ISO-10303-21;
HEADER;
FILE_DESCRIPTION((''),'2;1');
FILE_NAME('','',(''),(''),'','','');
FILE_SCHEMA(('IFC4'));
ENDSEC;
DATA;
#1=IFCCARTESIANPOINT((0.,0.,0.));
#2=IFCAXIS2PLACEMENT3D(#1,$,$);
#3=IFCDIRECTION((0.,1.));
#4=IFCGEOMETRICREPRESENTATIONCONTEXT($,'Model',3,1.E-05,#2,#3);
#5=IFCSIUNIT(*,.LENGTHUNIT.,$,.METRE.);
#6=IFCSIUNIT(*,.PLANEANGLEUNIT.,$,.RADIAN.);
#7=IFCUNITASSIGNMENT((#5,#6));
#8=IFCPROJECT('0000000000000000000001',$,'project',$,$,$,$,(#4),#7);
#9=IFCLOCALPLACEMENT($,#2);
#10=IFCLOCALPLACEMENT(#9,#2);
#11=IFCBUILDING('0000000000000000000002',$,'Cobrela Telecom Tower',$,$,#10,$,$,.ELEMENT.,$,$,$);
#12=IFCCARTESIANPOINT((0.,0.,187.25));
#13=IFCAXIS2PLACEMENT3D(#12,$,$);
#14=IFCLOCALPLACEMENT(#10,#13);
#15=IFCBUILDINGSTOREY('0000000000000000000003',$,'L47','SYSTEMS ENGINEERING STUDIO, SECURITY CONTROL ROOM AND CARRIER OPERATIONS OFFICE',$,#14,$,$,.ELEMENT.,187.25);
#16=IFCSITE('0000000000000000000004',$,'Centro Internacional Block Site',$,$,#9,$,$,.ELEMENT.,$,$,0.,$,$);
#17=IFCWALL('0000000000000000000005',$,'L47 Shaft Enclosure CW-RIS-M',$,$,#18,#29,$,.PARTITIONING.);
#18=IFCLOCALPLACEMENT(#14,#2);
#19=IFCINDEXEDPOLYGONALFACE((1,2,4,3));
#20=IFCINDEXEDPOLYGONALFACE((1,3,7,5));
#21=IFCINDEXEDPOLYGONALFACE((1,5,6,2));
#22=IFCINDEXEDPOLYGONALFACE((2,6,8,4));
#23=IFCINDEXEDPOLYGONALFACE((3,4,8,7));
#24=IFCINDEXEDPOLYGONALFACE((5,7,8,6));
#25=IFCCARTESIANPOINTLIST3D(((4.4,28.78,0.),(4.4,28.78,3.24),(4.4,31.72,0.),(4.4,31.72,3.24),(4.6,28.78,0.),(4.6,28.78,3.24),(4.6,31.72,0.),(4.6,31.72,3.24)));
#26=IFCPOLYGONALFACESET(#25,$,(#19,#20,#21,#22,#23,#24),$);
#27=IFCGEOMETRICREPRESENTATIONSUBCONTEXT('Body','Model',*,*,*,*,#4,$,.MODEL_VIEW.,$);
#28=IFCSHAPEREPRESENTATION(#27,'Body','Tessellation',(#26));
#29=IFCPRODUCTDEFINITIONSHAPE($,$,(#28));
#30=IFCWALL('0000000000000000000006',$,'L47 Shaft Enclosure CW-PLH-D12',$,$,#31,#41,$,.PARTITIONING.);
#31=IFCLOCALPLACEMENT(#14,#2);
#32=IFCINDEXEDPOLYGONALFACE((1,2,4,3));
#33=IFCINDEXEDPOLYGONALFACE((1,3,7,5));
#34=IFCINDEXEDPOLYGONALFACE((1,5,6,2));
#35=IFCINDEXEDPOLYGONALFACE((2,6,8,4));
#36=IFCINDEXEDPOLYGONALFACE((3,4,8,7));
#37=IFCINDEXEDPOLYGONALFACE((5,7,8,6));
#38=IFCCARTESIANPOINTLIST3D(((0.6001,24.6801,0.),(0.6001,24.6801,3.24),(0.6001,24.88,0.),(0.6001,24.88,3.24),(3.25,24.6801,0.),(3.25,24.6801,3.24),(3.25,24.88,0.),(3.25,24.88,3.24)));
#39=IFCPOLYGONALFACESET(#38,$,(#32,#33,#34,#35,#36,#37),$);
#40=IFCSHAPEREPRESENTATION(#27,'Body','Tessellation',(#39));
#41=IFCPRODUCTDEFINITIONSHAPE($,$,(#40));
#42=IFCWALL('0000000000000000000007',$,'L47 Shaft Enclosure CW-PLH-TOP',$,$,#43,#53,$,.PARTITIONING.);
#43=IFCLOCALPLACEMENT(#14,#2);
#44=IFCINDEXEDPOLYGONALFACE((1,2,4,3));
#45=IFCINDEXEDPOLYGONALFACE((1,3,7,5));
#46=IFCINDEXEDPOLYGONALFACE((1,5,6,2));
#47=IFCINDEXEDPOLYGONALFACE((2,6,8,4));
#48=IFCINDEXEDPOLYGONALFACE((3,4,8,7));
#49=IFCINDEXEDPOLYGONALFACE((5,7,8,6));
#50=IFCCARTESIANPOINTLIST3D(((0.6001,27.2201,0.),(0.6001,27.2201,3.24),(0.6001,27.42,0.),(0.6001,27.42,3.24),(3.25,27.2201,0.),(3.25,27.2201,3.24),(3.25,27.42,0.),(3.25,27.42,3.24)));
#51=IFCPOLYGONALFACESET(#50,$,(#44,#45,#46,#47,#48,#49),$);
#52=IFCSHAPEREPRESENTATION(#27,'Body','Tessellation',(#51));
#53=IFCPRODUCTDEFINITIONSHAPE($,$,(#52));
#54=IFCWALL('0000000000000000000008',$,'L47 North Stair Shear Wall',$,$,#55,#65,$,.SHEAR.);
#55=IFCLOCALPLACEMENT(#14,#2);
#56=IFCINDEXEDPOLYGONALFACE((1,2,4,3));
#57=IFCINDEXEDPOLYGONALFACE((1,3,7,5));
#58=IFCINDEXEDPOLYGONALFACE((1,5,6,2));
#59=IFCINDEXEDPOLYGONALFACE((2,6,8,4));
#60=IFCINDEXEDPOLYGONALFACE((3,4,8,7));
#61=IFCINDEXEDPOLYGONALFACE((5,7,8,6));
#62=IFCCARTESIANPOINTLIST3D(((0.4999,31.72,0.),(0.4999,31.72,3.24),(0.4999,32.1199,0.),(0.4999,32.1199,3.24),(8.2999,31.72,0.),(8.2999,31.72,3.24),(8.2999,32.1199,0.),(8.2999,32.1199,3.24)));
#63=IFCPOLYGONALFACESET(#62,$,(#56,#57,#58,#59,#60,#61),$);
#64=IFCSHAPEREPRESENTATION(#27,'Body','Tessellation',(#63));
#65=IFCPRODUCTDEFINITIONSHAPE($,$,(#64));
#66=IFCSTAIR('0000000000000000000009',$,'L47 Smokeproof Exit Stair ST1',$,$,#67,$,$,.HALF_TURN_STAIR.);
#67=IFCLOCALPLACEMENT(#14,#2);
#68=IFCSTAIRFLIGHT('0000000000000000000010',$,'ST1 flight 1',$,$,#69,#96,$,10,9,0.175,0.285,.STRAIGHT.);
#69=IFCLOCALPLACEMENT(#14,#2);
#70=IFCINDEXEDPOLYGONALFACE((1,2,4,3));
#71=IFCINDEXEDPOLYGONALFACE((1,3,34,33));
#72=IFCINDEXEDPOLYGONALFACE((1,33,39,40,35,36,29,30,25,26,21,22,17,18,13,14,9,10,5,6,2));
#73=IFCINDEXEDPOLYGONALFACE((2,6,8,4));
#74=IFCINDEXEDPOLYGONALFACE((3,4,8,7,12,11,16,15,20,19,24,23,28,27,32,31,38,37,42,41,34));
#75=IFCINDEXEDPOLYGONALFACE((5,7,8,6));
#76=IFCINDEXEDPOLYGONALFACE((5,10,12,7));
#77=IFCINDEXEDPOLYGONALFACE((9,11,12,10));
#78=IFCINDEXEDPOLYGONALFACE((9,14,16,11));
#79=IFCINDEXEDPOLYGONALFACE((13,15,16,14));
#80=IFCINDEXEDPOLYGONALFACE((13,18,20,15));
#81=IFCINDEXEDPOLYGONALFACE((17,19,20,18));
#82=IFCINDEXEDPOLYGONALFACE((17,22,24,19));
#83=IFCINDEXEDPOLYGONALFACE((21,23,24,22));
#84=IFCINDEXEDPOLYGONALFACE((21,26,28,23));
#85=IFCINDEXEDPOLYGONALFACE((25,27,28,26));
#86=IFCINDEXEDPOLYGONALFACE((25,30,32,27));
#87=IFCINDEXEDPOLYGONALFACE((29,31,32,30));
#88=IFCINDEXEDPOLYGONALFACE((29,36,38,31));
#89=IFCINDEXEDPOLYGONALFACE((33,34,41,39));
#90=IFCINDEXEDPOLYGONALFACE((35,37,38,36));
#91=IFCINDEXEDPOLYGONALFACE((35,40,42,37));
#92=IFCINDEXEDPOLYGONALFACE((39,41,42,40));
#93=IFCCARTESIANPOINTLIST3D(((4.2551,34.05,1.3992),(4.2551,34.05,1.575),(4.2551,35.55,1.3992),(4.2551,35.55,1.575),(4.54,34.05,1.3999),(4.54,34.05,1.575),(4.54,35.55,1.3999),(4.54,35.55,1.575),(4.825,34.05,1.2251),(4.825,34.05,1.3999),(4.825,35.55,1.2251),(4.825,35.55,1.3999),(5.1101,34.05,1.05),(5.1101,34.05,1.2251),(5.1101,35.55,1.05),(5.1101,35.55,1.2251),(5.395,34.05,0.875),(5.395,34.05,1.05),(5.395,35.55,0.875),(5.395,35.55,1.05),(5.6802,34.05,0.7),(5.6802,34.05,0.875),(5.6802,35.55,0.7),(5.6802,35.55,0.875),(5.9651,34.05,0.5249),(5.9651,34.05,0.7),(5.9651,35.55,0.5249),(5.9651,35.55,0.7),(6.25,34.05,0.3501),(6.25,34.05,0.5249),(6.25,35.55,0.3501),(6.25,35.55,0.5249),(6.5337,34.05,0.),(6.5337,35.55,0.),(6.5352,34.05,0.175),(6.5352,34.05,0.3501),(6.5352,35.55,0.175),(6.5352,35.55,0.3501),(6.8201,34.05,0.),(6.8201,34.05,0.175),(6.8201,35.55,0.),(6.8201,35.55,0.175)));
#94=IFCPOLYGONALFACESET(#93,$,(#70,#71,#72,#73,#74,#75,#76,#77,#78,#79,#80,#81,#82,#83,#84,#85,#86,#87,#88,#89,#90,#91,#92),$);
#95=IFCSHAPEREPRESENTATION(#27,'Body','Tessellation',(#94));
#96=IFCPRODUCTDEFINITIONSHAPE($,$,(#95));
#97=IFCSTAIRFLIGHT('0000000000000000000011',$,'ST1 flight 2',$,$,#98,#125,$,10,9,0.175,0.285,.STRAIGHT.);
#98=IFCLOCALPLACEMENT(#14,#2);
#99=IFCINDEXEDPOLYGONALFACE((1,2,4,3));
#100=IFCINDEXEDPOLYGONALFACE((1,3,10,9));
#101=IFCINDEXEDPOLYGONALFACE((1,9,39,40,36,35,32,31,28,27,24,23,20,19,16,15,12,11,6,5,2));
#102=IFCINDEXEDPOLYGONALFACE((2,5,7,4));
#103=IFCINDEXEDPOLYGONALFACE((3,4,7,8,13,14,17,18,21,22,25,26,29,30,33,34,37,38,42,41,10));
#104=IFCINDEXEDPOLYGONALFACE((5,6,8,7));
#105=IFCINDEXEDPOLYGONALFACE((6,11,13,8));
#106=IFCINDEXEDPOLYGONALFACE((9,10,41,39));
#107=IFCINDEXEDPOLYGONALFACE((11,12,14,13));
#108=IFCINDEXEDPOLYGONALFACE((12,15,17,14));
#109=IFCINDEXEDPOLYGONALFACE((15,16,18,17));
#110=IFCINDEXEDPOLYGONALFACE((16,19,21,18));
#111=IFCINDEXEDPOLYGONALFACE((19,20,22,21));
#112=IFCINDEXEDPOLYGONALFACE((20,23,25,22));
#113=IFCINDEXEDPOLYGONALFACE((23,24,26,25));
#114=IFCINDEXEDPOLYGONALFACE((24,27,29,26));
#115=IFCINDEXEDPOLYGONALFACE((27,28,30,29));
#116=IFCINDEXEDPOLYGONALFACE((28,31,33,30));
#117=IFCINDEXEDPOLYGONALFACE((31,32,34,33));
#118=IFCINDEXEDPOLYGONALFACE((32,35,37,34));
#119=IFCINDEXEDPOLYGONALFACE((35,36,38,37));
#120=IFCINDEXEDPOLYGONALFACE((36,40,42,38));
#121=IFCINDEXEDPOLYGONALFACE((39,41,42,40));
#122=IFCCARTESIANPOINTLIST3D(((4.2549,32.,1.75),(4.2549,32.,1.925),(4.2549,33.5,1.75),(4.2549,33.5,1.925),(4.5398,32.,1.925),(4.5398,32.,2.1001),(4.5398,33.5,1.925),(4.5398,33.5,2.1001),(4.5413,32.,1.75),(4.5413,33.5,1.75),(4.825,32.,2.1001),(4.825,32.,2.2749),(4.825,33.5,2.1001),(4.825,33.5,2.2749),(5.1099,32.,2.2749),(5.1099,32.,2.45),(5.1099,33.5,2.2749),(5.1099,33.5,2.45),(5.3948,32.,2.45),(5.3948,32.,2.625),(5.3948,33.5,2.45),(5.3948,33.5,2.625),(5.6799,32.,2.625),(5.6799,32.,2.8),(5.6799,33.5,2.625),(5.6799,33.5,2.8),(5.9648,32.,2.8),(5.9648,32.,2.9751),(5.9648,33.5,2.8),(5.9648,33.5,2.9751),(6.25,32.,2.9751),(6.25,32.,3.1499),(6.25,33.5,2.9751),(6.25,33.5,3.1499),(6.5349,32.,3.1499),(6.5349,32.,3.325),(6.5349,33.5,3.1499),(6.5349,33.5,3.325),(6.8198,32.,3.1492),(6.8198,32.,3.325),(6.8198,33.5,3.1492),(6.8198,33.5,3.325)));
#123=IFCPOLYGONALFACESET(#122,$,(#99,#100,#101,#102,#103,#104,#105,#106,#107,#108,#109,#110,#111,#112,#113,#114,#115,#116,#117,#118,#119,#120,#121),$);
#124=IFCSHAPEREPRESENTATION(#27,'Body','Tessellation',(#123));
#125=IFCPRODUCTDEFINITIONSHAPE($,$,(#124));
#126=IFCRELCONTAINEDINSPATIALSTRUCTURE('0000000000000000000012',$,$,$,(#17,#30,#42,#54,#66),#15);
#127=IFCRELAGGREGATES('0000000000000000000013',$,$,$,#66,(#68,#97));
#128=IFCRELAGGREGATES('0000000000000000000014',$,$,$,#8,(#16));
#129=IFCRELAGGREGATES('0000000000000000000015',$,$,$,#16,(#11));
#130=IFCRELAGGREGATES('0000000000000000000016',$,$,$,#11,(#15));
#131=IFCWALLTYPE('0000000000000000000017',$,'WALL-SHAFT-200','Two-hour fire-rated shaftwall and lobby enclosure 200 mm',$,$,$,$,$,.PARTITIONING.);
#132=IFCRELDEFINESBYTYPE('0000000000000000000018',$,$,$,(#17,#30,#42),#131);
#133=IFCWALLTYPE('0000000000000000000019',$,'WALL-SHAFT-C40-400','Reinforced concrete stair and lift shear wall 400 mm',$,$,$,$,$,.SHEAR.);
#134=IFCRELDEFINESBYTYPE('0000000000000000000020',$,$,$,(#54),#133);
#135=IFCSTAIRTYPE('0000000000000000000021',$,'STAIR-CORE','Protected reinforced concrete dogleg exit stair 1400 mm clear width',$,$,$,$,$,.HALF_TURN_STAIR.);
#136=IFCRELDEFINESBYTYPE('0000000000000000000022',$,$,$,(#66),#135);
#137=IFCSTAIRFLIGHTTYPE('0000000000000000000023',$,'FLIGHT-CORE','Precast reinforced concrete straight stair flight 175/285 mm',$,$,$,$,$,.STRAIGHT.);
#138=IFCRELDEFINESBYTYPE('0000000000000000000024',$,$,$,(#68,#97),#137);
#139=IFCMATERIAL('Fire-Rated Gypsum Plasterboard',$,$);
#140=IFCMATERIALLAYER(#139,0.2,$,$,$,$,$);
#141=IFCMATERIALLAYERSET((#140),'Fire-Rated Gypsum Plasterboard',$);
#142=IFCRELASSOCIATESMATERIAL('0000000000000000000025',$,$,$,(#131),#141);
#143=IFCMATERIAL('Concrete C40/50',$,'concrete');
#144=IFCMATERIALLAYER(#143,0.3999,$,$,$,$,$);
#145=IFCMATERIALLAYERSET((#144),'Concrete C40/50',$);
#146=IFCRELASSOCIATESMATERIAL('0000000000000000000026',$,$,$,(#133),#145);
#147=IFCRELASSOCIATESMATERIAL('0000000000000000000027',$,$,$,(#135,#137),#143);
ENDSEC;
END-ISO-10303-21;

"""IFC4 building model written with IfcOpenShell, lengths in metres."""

from ifc_helpers import new_model, si_unit, direction, frame, frame_2d, origin, place, context, subcontext, project, spatial, polyline, rectangle, outline, extrude, material, layer, layer_set, type_object, element, aggregate, save


model = new_model("IFC4")

# Units and contexts
model_context = context("Model", 3, precision=1e-05, world=origin(), true_north=direction((0.0, 1.0)))
body_context = subcontext(model_context, "Body", "Model", "MODEL_VIEW")
ifc_project = project(units=[si_unit("LENGTHUNIT", "METRE"), si_unit("PLANEANGLEUNIT", "RADIAN")], contexts=[model_context])

# Site, building, storey
site_placement = place(None, origin())
site = spatial("IfcSite", under=ifc_project, at=site_placement, Name="Centro Internacional Block Site", CompositionType="ELEMENT", RefElevation=0.0)
building_placement = place(site_placement, origin())
building = spatial("IfcBuilding", under=site, at=building_placement, Name="Cobrela Telecom Tower", CompositionType="ELEMENT")
storey_placement = place(building_placement, frame((0.0, 0.0, 187.25)))
storey = spatial("IfcBuildingStorey", under=building, at=storey_placement, Name="L47", Description="SYSTEMS ENGINEERING STUDIO, SECURITY CONTROL ROOM AND CARRIER OPERATIONS OFFICE", CompositionType="ELEMENT", Elevation=187.25)

# Shared definitions
ifc_material_1 = material(Name="Fire-Rated Gypsum Plasterboard")
ifc_layer_1 = layer(ifc_material_1, 0.2)
ifc_layer_set_1 = layer_set([ifc_layer_1], Name="Fire-Rated Gypsum Plasterboard")
wall_type_1 = type_object("IfcWallType", Name="WALL-SHAFT-200", Description="Two-hour fire-rated shaftwall and lobby enclosure 200 mm", PredefinedType="PARTITIONING", material=ifc_layer_set_1)

# Walls
wall_1_placement = place(storey_placement, frame((4.5, 28.78, 0.0), z_axis=(0.0, 0.0, 1.0), x_axis=(0.0, 1.0, 0.0)))
element("IfcWall", 1, at=wall_1_placement, inside=storey, type_object=wall_type_1, Name="L47 Shaft Enclosure CW-RIS-M", PredefinedType="PARTITIONING", context=body_context, shape_type="SweptSolid", body=[
    extrude(rectangle(XDim=2.9399, YDim=0.2, at=frame_2d((1.47, 0.0))), origin(), (0.0, 0.0, 1.0), 3.24),
])
for number, where, z_axis, x_axis, name in (
    (2, (0.6001, 24.78, 0.0), (0.0, 0.0, 1.0), (1.0, 0.0, 0.0), "L47 Shaft Enclosure CW-PLH-D12"),
    (3, (0.6001, 27.3201, 0.0), (0.0, 0.0, 1.0), (1.0, 0.0, 0.0), "L47 Shaft Enclosure CW-PLH-TOP"),
):
    element("IfcWall", number, at=place(storey_placement, frame(where, z_axis=z_axis, x_axis=x_axis)), inside=storey, type_object=wall_type_1, Name=name, PredefinedType="PARTITIONING", context=body_context, shape_type="SweptSolid", body=[
        extrude(rectangle(XDim=2.6499, YDim=0.2, at=frame_2d((1.325, 0.0))), origin(), (0.0, 0.0, 1.0), 3.24),
    ])
ifc_material_2 = material(Name="Concrete C40/50", Category="concrete")
ifc_layer_2 = layer(ifc_material_2, 0.3999)
ifc_layer_set_2 = layer_set([ifc_layer_2], Name="Concrete C40/50")
wall_type_2 = type_object("IfcWallType", Name="WALL-SHAFT-C40-400", Description="Reinforced concrete stair and lift shear wall 400 mm", PredefinedType="SHEAR", material=ifc_layer_set_2)
wall_2_placement = place(storey_placement, frame((0.5, 31.9199, 0.0), z_axis=(0.0, 0.0, 1.0), x_axis=(1.0, 0.0, 0.0)))
element("IfcWall", 4, at=wall_2_placement, inside=storey, type_object=wall_type_2, Name="L47 North Stair Shear Wall", PredefinedType="SHEAR", context=body_context, shape_type="SweptSolid", body=[
    extrude(rectangle(XDim=7.8, YDim=0.3999, at=frame_2d((3.8999, 0.0))), origin(), (0.0, 0.0, 1.0), 3.24),
])

# Stair, stair flights
stair_type = type_object("IfcStairType", Name="STAIR-CORE", Description="Protected reinforced concrete dogleg exit stair 1400 mm clear width", PredefinedType="HALF_TURN_STAIR", material=ifc_material_2)
stair_placement = place(storey_placement, origin())
stair = element("IfcStair", 5, at=stair_placement, inside=storey, type_object=stair_type, Name="L47 Smokeproof Exit Stair ST1", PredefinedType="HALF_TURN_STAIR")
stair_flight_type = type_object("IfcStairFlightType", Name="FLIGHT-CORE", Description="Precast reinforced concrete straight stair flight 175/285 mm", PredefinedType="STRAIGHT", material=ifc_material_2)
stair_flight_1_placement = place(storey_placement, frame((6.8201, 34.8, 0.0), z_axis=(0.0, 0.0, 1.0), x_axis=(-1.0, 0.0, 0.0)))
stair_flight_1 = element("IfcStairFlight", 6, at=stair_flight_1_placement, type_object=stair_flight_type, Name="ST1 flight 1", NumberOfRisers=10, NumberOfTreads=9, PredefinedType="STRAIGHT", RiserHeight=0.175, TreadLength=0.285, context=body_context, shape_type="SweptSolid", body=[
    extrude(outline(polyline([(0.0, 0.0), (0.0, 0.175), (0.2849, 0.175), (0.2849, 0.3501), (0.5701, 0.3501), (0.5701, 0.5249), (0.855, 0.5249), (0.855, 0.7), (1.1399, 0.7), (1.1399, 0.875), (1.425, 0.875), (1.425, 1.05), (1.71, 1.05), (1.71, 1.2251), (1.9951, 1.2251), (1.9951, 1.3999), (2.28, 1.3999), (2.28, 1.575), (2.5649, 1.575), (2.5649, 1.75), (2.5649, 1.3992), (0.2864, 0.0), (0.0, 0.0)])), frame((0.0, 0.75, 0.0), z_axis=(0.0, -1.0, 0.0), x_axis=(1.0, 0.0, 0.0)), (0.0, 0.0, 1.0), 1.5),
])
stair_flight_2_placement = place(storey_placement, frame((4.2549, 32.75, 1.75), z_axis=(0.0, 0.0, 1.0), x_axis=(1.0, 0.0, 0.0)))
stair_flight_2 = element("IfcStairFlight", 7, at=stair_flight_2_placement, type_object=stair_flight_type, Name="ST1 flight 2", NumberOfRisers=10, NumberOfTreads=9, PredefinedType="STRAIGHT", RiserHeight=0.175, TreadLength=0.285, context=body_context, shape_type="SweptSolid", body=[
    extrude(outline(polyline([(0.0, 0.0), (0.0, 0.175), (0.2849, 0.175), (0.2849, 0.3501), (0.5701, 0.3501), (0.5701, 0.5249), (0.855, 0.5249), (0.855, 0.7), (1.1399, 0.7), (1.1399, 0.875), (1.425, 0.875), (1.425, 1.05), (1.71, 1.05), (1.71, 1.2251), (1.9951, 1.2251), (1.9951, 1.3999), (2.28, 1.3999), (2.28, 1.575), (2.5649, 1.575), (2.5649, 1.75), (2.5649, 1.3992), (0.2864, 0.0), (0.0, 0.0)])), frame((0.0, 0.75, 0.0), z_axis=(0.0, -1.0, 0.0), x_axis=(1.0, 0.0, 0.0)), (0.0, 0.0, 1.0), 1.5),
])
aggregate(stair, [stair_flight_1, stair_flight_2])

save(model, "model.ifc")
